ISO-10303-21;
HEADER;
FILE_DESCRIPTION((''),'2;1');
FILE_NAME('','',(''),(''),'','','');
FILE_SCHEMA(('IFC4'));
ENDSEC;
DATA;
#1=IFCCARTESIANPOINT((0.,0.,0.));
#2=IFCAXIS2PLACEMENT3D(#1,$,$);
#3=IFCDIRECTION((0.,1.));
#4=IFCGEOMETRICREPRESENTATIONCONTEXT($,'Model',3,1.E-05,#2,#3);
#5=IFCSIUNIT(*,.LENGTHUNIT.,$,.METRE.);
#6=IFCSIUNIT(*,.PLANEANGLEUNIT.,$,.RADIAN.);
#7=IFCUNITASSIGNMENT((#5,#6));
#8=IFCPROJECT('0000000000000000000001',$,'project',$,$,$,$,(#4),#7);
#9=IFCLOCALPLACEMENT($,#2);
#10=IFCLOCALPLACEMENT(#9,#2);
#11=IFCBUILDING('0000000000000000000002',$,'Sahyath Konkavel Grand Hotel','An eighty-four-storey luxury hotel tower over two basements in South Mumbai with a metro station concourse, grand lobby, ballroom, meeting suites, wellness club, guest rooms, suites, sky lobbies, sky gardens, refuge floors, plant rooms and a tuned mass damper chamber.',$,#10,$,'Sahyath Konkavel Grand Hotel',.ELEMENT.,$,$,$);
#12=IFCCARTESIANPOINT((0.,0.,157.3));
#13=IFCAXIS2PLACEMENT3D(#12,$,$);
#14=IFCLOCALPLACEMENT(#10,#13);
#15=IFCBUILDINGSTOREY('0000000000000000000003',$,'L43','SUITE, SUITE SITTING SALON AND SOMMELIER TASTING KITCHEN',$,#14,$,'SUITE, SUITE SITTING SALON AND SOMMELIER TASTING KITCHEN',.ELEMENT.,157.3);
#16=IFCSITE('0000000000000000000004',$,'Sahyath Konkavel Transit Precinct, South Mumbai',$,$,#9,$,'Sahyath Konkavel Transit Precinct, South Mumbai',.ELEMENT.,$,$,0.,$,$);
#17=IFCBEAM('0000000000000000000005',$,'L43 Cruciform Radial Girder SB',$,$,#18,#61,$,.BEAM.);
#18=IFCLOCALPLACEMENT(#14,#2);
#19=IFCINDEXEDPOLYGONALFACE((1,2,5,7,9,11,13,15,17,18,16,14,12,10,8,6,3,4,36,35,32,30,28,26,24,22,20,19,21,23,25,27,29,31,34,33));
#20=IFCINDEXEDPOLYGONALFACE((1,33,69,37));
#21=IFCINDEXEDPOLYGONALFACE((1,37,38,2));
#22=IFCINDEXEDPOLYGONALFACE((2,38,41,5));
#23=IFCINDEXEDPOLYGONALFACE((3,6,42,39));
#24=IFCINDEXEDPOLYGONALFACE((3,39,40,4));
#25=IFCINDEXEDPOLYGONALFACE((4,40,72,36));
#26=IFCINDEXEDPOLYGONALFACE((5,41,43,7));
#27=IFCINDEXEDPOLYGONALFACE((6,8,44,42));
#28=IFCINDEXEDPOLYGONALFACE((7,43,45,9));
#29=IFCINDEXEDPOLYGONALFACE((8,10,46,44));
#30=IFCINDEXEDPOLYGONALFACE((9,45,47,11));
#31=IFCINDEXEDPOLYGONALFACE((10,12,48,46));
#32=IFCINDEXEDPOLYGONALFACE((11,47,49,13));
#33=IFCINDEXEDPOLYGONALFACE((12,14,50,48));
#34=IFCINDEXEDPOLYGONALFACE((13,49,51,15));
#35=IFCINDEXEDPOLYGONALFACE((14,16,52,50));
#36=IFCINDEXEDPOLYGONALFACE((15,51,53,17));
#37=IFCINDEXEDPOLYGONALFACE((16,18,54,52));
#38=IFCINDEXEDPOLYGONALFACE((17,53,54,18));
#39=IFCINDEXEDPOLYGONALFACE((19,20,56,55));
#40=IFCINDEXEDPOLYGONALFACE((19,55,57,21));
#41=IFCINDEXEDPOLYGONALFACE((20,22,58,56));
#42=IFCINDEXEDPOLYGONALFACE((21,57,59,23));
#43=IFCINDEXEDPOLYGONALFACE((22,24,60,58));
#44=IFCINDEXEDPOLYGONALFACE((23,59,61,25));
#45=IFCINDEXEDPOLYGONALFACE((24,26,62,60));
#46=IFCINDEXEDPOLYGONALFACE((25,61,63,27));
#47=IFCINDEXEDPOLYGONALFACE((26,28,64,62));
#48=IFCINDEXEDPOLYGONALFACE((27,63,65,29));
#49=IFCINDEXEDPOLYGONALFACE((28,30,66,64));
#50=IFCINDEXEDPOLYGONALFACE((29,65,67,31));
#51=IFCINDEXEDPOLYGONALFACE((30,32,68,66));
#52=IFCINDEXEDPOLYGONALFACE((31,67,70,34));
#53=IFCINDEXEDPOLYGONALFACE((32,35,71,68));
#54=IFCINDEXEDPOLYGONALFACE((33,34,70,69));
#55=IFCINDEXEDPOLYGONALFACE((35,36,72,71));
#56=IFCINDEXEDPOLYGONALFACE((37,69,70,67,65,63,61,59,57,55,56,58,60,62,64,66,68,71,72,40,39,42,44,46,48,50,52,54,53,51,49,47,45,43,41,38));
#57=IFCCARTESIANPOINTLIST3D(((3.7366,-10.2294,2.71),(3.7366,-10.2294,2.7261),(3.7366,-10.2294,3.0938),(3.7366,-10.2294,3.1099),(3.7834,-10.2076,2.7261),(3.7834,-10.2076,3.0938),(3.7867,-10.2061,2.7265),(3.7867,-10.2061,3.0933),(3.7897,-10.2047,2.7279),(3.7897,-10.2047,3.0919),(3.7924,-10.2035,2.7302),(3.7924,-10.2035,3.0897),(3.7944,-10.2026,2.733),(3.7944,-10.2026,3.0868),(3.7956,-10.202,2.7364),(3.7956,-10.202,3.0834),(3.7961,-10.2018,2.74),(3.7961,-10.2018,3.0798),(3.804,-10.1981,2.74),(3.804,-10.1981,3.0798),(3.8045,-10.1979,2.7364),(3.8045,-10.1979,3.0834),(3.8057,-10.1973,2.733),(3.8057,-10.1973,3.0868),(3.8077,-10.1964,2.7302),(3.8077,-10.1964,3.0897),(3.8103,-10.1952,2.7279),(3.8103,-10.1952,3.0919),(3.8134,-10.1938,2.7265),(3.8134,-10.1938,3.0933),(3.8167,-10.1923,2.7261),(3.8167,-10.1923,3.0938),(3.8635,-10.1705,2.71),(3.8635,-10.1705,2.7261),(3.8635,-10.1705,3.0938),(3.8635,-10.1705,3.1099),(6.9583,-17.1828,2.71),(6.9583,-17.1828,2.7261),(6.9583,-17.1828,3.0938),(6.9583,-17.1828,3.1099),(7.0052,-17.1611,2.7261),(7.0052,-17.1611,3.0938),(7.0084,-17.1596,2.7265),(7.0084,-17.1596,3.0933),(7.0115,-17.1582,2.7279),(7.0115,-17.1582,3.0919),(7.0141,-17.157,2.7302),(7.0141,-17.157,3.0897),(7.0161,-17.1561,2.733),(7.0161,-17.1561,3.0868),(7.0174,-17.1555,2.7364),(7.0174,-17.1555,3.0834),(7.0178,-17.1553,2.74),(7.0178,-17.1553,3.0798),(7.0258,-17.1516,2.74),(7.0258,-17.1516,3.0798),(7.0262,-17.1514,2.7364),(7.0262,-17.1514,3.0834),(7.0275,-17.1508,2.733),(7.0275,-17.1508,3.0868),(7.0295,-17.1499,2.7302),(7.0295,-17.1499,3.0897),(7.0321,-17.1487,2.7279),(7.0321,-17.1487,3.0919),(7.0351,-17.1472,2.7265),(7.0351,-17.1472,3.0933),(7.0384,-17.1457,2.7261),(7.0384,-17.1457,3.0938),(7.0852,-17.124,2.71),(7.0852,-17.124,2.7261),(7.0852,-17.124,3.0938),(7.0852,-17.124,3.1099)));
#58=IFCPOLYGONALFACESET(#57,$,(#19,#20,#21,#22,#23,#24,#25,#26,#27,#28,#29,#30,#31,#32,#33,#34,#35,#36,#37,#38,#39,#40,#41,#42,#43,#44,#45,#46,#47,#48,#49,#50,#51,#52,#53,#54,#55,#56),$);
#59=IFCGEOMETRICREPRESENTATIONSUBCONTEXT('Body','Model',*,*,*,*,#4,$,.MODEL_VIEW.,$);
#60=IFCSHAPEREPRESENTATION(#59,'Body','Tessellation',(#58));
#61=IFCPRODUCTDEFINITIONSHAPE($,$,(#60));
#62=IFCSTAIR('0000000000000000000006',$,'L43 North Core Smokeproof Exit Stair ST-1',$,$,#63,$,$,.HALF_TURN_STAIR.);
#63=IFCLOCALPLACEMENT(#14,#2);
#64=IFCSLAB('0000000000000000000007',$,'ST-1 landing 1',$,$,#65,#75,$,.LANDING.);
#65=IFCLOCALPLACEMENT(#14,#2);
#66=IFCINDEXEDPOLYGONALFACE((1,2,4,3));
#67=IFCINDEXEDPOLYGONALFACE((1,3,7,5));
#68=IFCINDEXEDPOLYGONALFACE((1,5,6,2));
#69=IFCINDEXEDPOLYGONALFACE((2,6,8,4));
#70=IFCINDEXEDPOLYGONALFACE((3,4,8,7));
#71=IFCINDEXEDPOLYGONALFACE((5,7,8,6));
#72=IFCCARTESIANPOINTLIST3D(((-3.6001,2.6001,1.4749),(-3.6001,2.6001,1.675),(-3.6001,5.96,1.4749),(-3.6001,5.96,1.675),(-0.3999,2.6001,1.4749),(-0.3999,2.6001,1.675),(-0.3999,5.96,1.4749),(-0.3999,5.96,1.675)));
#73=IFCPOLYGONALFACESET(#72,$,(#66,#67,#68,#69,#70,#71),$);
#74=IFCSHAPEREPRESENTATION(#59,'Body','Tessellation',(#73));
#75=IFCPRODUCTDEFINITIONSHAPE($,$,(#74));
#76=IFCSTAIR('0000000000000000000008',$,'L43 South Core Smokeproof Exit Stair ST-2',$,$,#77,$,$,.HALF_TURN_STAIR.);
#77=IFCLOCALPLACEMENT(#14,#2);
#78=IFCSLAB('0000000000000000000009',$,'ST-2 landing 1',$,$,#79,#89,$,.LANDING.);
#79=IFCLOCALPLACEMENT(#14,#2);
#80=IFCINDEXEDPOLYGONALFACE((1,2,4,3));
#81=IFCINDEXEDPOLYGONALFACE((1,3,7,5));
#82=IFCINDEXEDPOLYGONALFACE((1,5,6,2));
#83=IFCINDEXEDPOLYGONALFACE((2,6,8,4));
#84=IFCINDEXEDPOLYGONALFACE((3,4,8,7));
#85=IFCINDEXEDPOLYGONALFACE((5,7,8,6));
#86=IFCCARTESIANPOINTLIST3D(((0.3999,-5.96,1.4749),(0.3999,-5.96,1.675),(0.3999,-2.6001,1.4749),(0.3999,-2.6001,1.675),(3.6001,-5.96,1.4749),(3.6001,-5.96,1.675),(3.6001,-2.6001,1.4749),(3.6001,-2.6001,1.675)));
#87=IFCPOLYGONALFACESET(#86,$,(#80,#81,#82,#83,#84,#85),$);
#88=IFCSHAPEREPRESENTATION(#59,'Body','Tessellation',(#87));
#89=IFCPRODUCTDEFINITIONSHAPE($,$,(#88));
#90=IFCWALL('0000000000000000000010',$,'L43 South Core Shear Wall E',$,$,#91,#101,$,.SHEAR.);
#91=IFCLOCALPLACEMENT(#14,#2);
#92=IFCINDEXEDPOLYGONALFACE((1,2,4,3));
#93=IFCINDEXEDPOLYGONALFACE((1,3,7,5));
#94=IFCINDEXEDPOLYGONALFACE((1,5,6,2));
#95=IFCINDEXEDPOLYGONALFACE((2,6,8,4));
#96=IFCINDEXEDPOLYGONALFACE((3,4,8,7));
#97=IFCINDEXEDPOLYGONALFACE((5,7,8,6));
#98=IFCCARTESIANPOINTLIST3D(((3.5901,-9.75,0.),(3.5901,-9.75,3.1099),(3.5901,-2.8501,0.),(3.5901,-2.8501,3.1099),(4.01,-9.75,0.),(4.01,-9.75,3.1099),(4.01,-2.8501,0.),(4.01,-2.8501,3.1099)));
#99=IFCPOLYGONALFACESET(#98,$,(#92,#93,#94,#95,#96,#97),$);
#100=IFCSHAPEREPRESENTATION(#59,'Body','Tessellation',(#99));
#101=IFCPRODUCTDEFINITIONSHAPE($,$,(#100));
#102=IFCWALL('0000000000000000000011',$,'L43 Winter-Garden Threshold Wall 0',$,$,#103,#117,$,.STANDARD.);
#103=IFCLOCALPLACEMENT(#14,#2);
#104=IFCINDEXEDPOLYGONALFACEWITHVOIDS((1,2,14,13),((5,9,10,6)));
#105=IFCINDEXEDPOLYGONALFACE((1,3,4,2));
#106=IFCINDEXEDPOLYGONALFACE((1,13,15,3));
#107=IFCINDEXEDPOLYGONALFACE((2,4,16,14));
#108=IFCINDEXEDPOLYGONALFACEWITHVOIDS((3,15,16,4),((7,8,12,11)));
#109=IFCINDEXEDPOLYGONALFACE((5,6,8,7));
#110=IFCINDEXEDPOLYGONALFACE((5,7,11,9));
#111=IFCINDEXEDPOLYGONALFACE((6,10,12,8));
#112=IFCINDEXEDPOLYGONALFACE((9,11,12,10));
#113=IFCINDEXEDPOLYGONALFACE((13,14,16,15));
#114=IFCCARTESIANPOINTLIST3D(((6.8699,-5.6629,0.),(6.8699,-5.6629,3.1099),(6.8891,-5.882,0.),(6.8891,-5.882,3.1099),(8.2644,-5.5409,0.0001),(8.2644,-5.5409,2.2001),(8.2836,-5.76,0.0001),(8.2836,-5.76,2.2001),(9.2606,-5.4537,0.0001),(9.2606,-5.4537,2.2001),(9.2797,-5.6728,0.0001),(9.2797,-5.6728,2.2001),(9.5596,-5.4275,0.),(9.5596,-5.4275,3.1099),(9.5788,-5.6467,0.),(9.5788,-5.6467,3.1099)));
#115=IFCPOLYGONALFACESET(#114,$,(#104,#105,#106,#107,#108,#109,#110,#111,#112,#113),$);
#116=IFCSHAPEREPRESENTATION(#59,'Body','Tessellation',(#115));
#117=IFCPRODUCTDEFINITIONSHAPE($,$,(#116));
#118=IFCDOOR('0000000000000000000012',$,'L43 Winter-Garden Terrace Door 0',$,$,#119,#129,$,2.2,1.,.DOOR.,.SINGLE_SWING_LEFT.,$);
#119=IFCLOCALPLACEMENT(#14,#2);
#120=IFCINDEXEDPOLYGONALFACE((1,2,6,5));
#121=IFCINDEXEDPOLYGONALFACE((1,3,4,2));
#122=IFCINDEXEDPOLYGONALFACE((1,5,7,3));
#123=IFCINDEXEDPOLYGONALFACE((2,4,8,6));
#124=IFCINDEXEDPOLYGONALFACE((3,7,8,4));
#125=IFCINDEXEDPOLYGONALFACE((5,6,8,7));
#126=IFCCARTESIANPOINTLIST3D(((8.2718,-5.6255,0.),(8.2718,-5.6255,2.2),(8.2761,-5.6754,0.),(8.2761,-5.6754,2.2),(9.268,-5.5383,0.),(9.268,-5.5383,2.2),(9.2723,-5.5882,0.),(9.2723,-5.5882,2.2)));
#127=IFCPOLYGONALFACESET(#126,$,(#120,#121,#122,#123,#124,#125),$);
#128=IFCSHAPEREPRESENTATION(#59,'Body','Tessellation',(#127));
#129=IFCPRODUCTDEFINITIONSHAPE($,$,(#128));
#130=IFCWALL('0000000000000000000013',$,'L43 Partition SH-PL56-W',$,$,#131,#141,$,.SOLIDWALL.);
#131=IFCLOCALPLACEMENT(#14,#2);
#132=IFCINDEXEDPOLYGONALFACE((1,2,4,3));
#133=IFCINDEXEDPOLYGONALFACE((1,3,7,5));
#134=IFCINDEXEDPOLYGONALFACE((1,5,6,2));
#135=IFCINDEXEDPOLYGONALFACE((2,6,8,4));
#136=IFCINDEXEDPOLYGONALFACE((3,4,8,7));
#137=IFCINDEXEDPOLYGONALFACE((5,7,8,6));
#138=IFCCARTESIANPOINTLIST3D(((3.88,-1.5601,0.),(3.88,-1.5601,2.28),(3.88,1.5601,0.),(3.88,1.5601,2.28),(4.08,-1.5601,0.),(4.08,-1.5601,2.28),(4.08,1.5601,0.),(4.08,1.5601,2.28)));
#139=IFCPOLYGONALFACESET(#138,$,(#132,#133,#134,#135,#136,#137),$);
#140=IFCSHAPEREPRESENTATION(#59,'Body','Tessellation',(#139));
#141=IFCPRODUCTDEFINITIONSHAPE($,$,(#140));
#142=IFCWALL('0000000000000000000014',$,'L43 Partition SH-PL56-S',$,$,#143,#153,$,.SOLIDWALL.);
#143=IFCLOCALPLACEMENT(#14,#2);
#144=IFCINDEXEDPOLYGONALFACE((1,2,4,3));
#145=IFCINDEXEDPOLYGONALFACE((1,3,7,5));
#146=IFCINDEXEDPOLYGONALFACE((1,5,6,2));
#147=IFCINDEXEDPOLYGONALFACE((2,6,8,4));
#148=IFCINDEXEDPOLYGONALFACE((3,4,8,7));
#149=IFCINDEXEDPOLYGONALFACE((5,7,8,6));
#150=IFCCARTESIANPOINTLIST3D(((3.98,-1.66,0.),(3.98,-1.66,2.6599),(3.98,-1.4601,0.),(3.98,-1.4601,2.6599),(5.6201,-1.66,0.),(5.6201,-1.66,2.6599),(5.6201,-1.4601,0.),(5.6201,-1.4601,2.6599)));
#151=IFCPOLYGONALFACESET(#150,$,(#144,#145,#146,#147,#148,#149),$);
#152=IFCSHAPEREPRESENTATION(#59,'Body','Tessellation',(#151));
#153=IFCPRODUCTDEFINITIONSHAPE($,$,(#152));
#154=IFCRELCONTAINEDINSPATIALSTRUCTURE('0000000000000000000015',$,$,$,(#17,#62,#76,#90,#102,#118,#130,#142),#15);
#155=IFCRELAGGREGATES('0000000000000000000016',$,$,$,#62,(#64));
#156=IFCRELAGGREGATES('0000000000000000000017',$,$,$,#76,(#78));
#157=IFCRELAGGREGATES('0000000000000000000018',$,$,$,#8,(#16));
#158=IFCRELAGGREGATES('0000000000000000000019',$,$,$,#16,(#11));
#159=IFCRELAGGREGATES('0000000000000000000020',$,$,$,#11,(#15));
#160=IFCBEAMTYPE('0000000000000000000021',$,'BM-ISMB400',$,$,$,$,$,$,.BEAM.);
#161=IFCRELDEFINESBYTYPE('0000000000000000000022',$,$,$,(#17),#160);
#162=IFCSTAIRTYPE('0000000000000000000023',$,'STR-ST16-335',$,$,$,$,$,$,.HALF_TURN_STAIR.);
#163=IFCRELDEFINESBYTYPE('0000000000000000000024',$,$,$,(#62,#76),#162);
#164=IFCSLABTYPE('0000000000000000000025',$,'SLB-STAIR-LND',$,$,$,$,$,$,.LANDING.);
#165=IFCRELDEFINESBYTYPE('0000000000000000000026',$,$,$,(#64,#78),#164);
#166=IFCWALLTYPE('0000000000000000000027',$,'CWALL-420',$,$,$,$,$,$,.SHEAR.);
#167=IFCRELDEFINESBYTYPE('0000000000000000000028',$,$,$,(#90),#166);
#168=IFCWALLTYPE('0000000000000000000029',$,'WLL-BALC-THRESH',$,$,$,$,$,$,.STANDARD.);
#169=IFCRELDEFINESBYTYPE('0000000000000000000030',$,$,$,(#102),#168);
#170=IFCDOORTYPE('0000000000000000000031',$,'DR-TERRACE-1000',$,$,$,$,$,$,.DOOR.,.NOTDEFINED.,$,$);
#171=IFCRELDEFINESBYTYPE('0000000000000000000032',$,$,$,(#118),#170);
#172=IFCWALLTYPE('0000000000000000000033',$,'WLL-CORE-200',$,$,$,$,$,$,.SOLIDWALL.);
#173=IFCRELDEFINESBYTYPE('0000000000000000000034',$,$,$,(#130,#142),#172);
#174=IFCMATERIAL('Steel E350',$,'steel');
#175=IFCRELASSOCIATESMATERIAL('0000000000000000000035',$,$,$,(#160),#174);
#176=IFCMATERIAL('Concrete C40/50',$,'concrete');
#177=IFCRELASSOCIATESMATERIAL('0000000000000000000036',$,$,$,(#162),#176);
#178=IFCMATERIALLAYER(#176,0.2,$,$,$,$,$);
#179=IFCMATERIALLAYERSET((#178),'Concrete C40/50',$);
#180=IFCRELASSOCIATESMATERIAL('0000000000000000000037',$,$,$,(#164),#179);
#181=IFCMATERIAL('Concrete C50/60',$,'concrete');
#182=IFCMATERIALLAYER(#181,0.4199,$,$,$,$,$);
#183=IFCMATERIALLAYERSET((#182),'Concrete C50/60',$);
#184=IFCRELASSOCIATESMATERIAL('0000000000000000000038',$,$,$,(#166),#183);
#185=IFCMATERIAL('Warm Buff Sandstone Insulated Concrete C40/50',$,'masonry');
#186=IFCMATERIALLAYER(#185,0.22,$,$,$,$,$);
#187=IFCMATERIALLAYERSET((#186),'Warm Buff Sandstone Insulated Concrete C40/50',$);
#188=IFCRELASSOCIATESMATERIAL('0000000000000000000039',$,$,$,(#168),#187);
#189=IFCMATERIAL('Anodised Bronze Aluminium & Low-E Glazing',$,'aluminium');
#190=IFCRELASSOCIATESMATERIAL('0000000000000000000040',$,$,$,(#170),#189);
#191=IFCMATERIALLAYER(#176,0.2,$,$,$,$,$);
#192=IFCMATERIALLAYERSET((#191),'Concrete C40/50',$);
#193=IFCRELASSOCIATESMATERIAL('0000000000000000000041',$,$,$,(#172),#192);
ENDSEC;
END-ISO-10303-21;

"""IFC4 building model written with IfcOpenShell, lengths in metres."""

from ifc_helpers import new_model, si_unit, direction, frame, frame_2d, origin, origin_2d, place, context, subcontext, project, spatial, polyline, rectangle, i_section, outline, extrude, source, transform, mapped, material, layer, layer_set, material_profile, profile_set, type_object, element, fill, aggregate, save


model = new_model("IFC4")

# Units and contexts
model_context = context("Model", 3, precision=1e-05, world=origin(), true_north=direction((0.0, 1.0)))
body_context = subcontext(model_context, "Body", "Model", "MODEL_VIEW")
ifc_project = project(units=[si_unit("LENGTHUNIT", "METRE"), si_unit("PLANEANGLEUNIT", "RADIAN")], contexts=[model_context])

# Site, building, storey
site_placement = place(None, origin())
site = spatial("IfcSite", under=ifc_project, at=site_placement, Name="Sahyath Konkavel Transit Precinct, South Mumbai", LongName="Sahyath Konkavel Transit Precinct, South Mumbai", CompositionType="ELEMENT", RefElevation=0.0)
building_placement = place(site_placement, origin())
building = spatial("IfcBuilding", under=site, at=building_placement, Name="Sahyath Konkavel Grand Hotel", Description="An eighty-four-storey luxury hotel tower over two basements in South Mumbai with a metro station concourse, grand lobby, ballroom, meeting suites, wellness club, guest rooms, suites, sky lobbies, sky gardens, refuge floors, plant rooms and a tuned mass damper chamber.", LongName="Sahyath Konkavel Grand Hotel", CompositionType="ELEMENT")
storey_placement = place(building_placement, frame((0.0, 0.0, 157.3)))
storey = spatial("IfcBuildingStorey", under=building, at=storey_placement, Name="L43", Description="SUITE, SUITE SITTING SALON AND SOMMELIER TASTING KITCHEN", LongName="SUITE, SUITE SITTING SALON AND SOMMELIER TASTING KITCHEN", CompositionType="ELEMENT", Elevation=157.3)

# Shared definitions
ifc_material_1 = material(Name="Concrete C50/60", Category="concrete")

# Beam
ifc_material_2 = material(Name="Steel E350", Category="steel")
ifc_material_profile_1 = material_profile(ifc_material_2, i_section(OverallWidth=0.1399, OverallDepth=0.3999, WebThickness=0.0088, FlangeThickness=0.0161, FilletRadius=0.0139, at=origin_2d()), Name="ISMB 400")
ifc_profile_set_1 = profile_set([ifc_material_profile_1], Name="Steel E350")
beam_type_1 = type_object("IfcBeamType", Name="BM-ISMB400", PredefinedType="BEAM", material=ifc_profile_set_1)
shared_shape_1 = source(origin(), body_context, "Body", "SweptSolid", [
    extrude(i_section(OverallWidth=0.1399, OverallDepth=0.3999, WebThickness=0.0088, FlangeThickness=0.0161, FilletRadius=0.0139, at=origin_2d()), origin(), (0.0, 0.0, 1.0), 7.6636),
])
beam_1_placement = place(storey_placement, frame((3.8, -10.2, 2.9099), z_axis=(0.420395, -0.907341, 0.0), x_axis=(0.907341, 0.420395, 0.0)))
element("IfcBeam", 1, at=beam_1_placement, inside=storey, type_object=beam_type_1, Name="L43 Cruciform Radial Girder SB", PredefinedType="BEAM", context=body_context, shape_type="MappedRepresentation", body=[
    mapped(shared_shape_1, transform((0.0, 0.0, 0.0), scale=1.0)),
])

# Stairs, slabs
ifc_material_3 = material(Name="Concrete C40/50", Category="concrete")
stair_type = type_object("IfcStairType", Name="STR-ST16-335", PredefinedType="HALF_TURN_STAIR", material=ifc_material_3)
stair_1_placement = place(storey_placement, origin())
stair_1 = element("IfcStair", 2, at=stair_1_placement, inside=storey, type_object=stair_type, Name="L43 North Core Smokeproof Exit Stair ST-1", PredefinedType="HALF_TURN_STAIR")
ifc_layer_1 = layer(ifc_material_3, 0.2)
ifc_layer_set_1 = layer_set([ifc_layer_1], Name="Concrete C40/50")
slab_type = type_object("IfcSlabType", Name="SLB-STAIR-LND", PredefinedType="LANDING", material=ifc_layer_set_1)
slab_1_placement = place(storey_placement, frame((0.0, 0.0, 1.4749)))
slab_1 = element("IfcSlab", 3, at=slab_1_placement, type_object=slab_type, Name="ST-1 landing 1", PredefinedType="LANDING", context=body_context, shape_type="SweptSolid", body=[
    extrude(outline(polyline([(-3.6001, 5.96), (-3.6001, 2.6001), (-0.3999, 2.6001), (-0.3999, 5.96), (-3.6001, 5.96)])), origin(), (0.0, 0.0, 1.0), 0.2002),
])
aggregate(stair_1, [slab_1])
stair_2_placement = place(storey_placement, origin())
stair_2 = element("IfcStair", 4, at=stair_2_placement, inside=storey, type_object=stair_type, Name="L43 South Core Smokeproof Exit Stair ST-2", PredefinedType="HALF_TURN_STAIR")
slab_2_placement = place(storey_placement, frame((0.0, 0.0, 1.4749)))
slab_2 = element("IfcSlab", 5, at=slab_2_placement, type_object=slab_type, Name="ST-2 landing 1", PredefinedType="LANDING", context=body_context, shape_type="SweptSolid", body=[
    extrude(outline(polyline([(3.6001, -5.96), (3.6001, -2.6001), (0.3999, -2.6001), (0.3999, -5.96), (3.6001, -5.96)])), origin(), (0.0, 0.0, 1.0), 0.2002),
])

# Wall
ifc_layer_2 = layer(ifc_material_1, 0.4199)
ifc_layer_set_2 = layer_set([ifc_layer_2], Name="Concrete C50/60")
wall_type_1 = type_object("IfcWallType", Name="CWALL-420", PredefinedType="SHEAR", material=ifc_layer_set_2)
wall_1_placement = place(storey_placement, frame((3.8, -9.75, 0.0), z_axis=(0.0, 0.0, 1.0), x_axis=(0.0, 1.0, 0.0)))
element("IfcWall", 6, at=wall_1_placement, inside=storey, type_object=wall_type_1, Name="L43 South Core Shear Wall E", PredefinedType="SHEAR", context=body_context, shape_type="SweptSolid", body=[
    extrude(rectangle(XDim=6.8999, YDim=0.4199, at=frame_2d((3.45, 0.0))), origin(), (0.0, 0.0, 1.0), 3.1099),
])

# Wall, opening, door
ifc_material_4 = material(Name="Warm Buff Sandstone Insulated Concrete C40/50", Category="masonry")
ifc_layer_3 = layer(ifc_material_4, 0.22)
ifc_layer_set_3 = layer_set([ifc_layer_3], Name="Warm Buff Sandstone Insulated Concrete C40/50")
wall_type_2 = type_object("IfcWallType", Name="WLL-BALC-THRESH", PredefinedType="STANDARD", material=ifc_layer_set_3)
wall_2_placement = place(storey_placement, frame((6.8794, -5.7725, 0.0), z_axis=(0.0, 0.0, 1.0), x_axis=(0.996194, 0.087168, 0.0)))
wall_2 = element("IfcWall", 7, at=wall_2_placement, inside=storey, type_object=wall_type_2, Name="L43 Winter-Garden Threshold Wall 0", PredefinedType="STANDARD", context=body_context, shape_type="SweptSolid", body=[
    extrude(rectangle(XDim=2.7, YDim=0.22, at=frame_2d((1.3501, 0.0))), origin(), (0.0, 0.0, 1.0), 3.1099),
])
opening_1_placement = place(wall_2_placement, frame((1.3999, 0.0, 0.0)))
opening_1 = element("IfcOpeningElement", 8, at=opening_1_placement, cuts=wall_2, PredefinedType="OPENING", context=body_context, shape_type="SweptSolid", body=[
    extrude(rectangle(XDim=1.0, YDim=2.2, at=frame_2d((0.5, 1.1001))), frame((0.0, 0.1201, 0.0), z_axis=(0.0, -1.0, 0.0), x_axis=(1.0, 0.0, 0.0)), (0.0, 0.0, 1.0), 0.24),
])
ifc_material_5 = material(Name="Anodised Bronze Aluminium & Low-E Glazing", Category="aluminium")
door_type_1 = type_object("IfcDoorType", Name="DR-TERRACE-1000", OperationType="NOTDEFINED", PredefinedType="DOOR", material=ifc_material_5)
shared_shape_2 = source(origin(), body_context, "Body", "SweptSolid", [
    extrude(rectangle(XDim=1.0, YDim=0.05, at=origin_2d()), origin(), (0.0, 0.0, 1.0), 2.2),
])
door_1_placement = place(opening_1_placement, frame((0.5, 0.0, 0.0)))
door_1 = element("IfcDoor", 9, at=door_1_placement, inside=storey, type_object=door_type_1, Name="L43 Winter-Garden Terrace Door 0", OperationType="SINGLE_SWING_LEFT", OverallHeight=2.2, OverallWidth=1.0, PredefinedType="DOOR", context=body_context, shape_type="MappedRepresentation", body=[
    mapped(shared_shape_2, transform((0.0, 0.0, 0.0), scale=1.0)),
])
fill(opening_1, door_1)

# Walls
ifc_layer_4 = layer(ifc_material_3, 0.2)
ifc_layer_set_4 = layer_set([ifc_layer_4], Name="Concrete C40/50")
wall_type_3 = type_object("IfcWallType", Name="WLL-CORE-200", PredefinedType="SOLIDWALL", material=ifc_layer_set_4)
wall_3_placement = place(storey_placement, frame((3.98, -1.5601, 0.0), z_axis=(0.0, 0.0, 1.0), x_axis=(0.0, 1.0, 0.0)))
element("IfcWall", 10, at=wall_3_placement, inside=storey, type_object=wall_type_3, Name="L43 Partition SH-PL56-W", PredefinedType="SOLIDWALL", context=body_context, shape_type="SweptSolid", body=[
    extrude(rectangle(XDim=3.1201, YDim=0.2, at=frame_2d((1.5601, 0.0))), origin(), (0.0, 0.0, 1.0), 2.28),
])
wall_4_placement = place(storey_placement, frame((3.98, -1.5601, 0.0), z_axis=(0.0, 0.0, 1.0), x_axis=(1.0, 0.0, 0.0)))
element("IfcWall", 11, at=wall_4_placement, inside=storey, type_object=wall_type_3, Name="L43 Partition SH-PL56-S", PredefinedType="SOLIDWALL", context=body_context, shape_type="SweptSolid", body=[
    extrude(rectangle(XDim=1.6401, YDim=0.2, at=frame_2d((0.8201, 0.0))), origin(), (0.0, 0.0, 1.0), 2.6599),
])

aggregate(stair_2, [slab_2])

save(model, "model.ifc")
